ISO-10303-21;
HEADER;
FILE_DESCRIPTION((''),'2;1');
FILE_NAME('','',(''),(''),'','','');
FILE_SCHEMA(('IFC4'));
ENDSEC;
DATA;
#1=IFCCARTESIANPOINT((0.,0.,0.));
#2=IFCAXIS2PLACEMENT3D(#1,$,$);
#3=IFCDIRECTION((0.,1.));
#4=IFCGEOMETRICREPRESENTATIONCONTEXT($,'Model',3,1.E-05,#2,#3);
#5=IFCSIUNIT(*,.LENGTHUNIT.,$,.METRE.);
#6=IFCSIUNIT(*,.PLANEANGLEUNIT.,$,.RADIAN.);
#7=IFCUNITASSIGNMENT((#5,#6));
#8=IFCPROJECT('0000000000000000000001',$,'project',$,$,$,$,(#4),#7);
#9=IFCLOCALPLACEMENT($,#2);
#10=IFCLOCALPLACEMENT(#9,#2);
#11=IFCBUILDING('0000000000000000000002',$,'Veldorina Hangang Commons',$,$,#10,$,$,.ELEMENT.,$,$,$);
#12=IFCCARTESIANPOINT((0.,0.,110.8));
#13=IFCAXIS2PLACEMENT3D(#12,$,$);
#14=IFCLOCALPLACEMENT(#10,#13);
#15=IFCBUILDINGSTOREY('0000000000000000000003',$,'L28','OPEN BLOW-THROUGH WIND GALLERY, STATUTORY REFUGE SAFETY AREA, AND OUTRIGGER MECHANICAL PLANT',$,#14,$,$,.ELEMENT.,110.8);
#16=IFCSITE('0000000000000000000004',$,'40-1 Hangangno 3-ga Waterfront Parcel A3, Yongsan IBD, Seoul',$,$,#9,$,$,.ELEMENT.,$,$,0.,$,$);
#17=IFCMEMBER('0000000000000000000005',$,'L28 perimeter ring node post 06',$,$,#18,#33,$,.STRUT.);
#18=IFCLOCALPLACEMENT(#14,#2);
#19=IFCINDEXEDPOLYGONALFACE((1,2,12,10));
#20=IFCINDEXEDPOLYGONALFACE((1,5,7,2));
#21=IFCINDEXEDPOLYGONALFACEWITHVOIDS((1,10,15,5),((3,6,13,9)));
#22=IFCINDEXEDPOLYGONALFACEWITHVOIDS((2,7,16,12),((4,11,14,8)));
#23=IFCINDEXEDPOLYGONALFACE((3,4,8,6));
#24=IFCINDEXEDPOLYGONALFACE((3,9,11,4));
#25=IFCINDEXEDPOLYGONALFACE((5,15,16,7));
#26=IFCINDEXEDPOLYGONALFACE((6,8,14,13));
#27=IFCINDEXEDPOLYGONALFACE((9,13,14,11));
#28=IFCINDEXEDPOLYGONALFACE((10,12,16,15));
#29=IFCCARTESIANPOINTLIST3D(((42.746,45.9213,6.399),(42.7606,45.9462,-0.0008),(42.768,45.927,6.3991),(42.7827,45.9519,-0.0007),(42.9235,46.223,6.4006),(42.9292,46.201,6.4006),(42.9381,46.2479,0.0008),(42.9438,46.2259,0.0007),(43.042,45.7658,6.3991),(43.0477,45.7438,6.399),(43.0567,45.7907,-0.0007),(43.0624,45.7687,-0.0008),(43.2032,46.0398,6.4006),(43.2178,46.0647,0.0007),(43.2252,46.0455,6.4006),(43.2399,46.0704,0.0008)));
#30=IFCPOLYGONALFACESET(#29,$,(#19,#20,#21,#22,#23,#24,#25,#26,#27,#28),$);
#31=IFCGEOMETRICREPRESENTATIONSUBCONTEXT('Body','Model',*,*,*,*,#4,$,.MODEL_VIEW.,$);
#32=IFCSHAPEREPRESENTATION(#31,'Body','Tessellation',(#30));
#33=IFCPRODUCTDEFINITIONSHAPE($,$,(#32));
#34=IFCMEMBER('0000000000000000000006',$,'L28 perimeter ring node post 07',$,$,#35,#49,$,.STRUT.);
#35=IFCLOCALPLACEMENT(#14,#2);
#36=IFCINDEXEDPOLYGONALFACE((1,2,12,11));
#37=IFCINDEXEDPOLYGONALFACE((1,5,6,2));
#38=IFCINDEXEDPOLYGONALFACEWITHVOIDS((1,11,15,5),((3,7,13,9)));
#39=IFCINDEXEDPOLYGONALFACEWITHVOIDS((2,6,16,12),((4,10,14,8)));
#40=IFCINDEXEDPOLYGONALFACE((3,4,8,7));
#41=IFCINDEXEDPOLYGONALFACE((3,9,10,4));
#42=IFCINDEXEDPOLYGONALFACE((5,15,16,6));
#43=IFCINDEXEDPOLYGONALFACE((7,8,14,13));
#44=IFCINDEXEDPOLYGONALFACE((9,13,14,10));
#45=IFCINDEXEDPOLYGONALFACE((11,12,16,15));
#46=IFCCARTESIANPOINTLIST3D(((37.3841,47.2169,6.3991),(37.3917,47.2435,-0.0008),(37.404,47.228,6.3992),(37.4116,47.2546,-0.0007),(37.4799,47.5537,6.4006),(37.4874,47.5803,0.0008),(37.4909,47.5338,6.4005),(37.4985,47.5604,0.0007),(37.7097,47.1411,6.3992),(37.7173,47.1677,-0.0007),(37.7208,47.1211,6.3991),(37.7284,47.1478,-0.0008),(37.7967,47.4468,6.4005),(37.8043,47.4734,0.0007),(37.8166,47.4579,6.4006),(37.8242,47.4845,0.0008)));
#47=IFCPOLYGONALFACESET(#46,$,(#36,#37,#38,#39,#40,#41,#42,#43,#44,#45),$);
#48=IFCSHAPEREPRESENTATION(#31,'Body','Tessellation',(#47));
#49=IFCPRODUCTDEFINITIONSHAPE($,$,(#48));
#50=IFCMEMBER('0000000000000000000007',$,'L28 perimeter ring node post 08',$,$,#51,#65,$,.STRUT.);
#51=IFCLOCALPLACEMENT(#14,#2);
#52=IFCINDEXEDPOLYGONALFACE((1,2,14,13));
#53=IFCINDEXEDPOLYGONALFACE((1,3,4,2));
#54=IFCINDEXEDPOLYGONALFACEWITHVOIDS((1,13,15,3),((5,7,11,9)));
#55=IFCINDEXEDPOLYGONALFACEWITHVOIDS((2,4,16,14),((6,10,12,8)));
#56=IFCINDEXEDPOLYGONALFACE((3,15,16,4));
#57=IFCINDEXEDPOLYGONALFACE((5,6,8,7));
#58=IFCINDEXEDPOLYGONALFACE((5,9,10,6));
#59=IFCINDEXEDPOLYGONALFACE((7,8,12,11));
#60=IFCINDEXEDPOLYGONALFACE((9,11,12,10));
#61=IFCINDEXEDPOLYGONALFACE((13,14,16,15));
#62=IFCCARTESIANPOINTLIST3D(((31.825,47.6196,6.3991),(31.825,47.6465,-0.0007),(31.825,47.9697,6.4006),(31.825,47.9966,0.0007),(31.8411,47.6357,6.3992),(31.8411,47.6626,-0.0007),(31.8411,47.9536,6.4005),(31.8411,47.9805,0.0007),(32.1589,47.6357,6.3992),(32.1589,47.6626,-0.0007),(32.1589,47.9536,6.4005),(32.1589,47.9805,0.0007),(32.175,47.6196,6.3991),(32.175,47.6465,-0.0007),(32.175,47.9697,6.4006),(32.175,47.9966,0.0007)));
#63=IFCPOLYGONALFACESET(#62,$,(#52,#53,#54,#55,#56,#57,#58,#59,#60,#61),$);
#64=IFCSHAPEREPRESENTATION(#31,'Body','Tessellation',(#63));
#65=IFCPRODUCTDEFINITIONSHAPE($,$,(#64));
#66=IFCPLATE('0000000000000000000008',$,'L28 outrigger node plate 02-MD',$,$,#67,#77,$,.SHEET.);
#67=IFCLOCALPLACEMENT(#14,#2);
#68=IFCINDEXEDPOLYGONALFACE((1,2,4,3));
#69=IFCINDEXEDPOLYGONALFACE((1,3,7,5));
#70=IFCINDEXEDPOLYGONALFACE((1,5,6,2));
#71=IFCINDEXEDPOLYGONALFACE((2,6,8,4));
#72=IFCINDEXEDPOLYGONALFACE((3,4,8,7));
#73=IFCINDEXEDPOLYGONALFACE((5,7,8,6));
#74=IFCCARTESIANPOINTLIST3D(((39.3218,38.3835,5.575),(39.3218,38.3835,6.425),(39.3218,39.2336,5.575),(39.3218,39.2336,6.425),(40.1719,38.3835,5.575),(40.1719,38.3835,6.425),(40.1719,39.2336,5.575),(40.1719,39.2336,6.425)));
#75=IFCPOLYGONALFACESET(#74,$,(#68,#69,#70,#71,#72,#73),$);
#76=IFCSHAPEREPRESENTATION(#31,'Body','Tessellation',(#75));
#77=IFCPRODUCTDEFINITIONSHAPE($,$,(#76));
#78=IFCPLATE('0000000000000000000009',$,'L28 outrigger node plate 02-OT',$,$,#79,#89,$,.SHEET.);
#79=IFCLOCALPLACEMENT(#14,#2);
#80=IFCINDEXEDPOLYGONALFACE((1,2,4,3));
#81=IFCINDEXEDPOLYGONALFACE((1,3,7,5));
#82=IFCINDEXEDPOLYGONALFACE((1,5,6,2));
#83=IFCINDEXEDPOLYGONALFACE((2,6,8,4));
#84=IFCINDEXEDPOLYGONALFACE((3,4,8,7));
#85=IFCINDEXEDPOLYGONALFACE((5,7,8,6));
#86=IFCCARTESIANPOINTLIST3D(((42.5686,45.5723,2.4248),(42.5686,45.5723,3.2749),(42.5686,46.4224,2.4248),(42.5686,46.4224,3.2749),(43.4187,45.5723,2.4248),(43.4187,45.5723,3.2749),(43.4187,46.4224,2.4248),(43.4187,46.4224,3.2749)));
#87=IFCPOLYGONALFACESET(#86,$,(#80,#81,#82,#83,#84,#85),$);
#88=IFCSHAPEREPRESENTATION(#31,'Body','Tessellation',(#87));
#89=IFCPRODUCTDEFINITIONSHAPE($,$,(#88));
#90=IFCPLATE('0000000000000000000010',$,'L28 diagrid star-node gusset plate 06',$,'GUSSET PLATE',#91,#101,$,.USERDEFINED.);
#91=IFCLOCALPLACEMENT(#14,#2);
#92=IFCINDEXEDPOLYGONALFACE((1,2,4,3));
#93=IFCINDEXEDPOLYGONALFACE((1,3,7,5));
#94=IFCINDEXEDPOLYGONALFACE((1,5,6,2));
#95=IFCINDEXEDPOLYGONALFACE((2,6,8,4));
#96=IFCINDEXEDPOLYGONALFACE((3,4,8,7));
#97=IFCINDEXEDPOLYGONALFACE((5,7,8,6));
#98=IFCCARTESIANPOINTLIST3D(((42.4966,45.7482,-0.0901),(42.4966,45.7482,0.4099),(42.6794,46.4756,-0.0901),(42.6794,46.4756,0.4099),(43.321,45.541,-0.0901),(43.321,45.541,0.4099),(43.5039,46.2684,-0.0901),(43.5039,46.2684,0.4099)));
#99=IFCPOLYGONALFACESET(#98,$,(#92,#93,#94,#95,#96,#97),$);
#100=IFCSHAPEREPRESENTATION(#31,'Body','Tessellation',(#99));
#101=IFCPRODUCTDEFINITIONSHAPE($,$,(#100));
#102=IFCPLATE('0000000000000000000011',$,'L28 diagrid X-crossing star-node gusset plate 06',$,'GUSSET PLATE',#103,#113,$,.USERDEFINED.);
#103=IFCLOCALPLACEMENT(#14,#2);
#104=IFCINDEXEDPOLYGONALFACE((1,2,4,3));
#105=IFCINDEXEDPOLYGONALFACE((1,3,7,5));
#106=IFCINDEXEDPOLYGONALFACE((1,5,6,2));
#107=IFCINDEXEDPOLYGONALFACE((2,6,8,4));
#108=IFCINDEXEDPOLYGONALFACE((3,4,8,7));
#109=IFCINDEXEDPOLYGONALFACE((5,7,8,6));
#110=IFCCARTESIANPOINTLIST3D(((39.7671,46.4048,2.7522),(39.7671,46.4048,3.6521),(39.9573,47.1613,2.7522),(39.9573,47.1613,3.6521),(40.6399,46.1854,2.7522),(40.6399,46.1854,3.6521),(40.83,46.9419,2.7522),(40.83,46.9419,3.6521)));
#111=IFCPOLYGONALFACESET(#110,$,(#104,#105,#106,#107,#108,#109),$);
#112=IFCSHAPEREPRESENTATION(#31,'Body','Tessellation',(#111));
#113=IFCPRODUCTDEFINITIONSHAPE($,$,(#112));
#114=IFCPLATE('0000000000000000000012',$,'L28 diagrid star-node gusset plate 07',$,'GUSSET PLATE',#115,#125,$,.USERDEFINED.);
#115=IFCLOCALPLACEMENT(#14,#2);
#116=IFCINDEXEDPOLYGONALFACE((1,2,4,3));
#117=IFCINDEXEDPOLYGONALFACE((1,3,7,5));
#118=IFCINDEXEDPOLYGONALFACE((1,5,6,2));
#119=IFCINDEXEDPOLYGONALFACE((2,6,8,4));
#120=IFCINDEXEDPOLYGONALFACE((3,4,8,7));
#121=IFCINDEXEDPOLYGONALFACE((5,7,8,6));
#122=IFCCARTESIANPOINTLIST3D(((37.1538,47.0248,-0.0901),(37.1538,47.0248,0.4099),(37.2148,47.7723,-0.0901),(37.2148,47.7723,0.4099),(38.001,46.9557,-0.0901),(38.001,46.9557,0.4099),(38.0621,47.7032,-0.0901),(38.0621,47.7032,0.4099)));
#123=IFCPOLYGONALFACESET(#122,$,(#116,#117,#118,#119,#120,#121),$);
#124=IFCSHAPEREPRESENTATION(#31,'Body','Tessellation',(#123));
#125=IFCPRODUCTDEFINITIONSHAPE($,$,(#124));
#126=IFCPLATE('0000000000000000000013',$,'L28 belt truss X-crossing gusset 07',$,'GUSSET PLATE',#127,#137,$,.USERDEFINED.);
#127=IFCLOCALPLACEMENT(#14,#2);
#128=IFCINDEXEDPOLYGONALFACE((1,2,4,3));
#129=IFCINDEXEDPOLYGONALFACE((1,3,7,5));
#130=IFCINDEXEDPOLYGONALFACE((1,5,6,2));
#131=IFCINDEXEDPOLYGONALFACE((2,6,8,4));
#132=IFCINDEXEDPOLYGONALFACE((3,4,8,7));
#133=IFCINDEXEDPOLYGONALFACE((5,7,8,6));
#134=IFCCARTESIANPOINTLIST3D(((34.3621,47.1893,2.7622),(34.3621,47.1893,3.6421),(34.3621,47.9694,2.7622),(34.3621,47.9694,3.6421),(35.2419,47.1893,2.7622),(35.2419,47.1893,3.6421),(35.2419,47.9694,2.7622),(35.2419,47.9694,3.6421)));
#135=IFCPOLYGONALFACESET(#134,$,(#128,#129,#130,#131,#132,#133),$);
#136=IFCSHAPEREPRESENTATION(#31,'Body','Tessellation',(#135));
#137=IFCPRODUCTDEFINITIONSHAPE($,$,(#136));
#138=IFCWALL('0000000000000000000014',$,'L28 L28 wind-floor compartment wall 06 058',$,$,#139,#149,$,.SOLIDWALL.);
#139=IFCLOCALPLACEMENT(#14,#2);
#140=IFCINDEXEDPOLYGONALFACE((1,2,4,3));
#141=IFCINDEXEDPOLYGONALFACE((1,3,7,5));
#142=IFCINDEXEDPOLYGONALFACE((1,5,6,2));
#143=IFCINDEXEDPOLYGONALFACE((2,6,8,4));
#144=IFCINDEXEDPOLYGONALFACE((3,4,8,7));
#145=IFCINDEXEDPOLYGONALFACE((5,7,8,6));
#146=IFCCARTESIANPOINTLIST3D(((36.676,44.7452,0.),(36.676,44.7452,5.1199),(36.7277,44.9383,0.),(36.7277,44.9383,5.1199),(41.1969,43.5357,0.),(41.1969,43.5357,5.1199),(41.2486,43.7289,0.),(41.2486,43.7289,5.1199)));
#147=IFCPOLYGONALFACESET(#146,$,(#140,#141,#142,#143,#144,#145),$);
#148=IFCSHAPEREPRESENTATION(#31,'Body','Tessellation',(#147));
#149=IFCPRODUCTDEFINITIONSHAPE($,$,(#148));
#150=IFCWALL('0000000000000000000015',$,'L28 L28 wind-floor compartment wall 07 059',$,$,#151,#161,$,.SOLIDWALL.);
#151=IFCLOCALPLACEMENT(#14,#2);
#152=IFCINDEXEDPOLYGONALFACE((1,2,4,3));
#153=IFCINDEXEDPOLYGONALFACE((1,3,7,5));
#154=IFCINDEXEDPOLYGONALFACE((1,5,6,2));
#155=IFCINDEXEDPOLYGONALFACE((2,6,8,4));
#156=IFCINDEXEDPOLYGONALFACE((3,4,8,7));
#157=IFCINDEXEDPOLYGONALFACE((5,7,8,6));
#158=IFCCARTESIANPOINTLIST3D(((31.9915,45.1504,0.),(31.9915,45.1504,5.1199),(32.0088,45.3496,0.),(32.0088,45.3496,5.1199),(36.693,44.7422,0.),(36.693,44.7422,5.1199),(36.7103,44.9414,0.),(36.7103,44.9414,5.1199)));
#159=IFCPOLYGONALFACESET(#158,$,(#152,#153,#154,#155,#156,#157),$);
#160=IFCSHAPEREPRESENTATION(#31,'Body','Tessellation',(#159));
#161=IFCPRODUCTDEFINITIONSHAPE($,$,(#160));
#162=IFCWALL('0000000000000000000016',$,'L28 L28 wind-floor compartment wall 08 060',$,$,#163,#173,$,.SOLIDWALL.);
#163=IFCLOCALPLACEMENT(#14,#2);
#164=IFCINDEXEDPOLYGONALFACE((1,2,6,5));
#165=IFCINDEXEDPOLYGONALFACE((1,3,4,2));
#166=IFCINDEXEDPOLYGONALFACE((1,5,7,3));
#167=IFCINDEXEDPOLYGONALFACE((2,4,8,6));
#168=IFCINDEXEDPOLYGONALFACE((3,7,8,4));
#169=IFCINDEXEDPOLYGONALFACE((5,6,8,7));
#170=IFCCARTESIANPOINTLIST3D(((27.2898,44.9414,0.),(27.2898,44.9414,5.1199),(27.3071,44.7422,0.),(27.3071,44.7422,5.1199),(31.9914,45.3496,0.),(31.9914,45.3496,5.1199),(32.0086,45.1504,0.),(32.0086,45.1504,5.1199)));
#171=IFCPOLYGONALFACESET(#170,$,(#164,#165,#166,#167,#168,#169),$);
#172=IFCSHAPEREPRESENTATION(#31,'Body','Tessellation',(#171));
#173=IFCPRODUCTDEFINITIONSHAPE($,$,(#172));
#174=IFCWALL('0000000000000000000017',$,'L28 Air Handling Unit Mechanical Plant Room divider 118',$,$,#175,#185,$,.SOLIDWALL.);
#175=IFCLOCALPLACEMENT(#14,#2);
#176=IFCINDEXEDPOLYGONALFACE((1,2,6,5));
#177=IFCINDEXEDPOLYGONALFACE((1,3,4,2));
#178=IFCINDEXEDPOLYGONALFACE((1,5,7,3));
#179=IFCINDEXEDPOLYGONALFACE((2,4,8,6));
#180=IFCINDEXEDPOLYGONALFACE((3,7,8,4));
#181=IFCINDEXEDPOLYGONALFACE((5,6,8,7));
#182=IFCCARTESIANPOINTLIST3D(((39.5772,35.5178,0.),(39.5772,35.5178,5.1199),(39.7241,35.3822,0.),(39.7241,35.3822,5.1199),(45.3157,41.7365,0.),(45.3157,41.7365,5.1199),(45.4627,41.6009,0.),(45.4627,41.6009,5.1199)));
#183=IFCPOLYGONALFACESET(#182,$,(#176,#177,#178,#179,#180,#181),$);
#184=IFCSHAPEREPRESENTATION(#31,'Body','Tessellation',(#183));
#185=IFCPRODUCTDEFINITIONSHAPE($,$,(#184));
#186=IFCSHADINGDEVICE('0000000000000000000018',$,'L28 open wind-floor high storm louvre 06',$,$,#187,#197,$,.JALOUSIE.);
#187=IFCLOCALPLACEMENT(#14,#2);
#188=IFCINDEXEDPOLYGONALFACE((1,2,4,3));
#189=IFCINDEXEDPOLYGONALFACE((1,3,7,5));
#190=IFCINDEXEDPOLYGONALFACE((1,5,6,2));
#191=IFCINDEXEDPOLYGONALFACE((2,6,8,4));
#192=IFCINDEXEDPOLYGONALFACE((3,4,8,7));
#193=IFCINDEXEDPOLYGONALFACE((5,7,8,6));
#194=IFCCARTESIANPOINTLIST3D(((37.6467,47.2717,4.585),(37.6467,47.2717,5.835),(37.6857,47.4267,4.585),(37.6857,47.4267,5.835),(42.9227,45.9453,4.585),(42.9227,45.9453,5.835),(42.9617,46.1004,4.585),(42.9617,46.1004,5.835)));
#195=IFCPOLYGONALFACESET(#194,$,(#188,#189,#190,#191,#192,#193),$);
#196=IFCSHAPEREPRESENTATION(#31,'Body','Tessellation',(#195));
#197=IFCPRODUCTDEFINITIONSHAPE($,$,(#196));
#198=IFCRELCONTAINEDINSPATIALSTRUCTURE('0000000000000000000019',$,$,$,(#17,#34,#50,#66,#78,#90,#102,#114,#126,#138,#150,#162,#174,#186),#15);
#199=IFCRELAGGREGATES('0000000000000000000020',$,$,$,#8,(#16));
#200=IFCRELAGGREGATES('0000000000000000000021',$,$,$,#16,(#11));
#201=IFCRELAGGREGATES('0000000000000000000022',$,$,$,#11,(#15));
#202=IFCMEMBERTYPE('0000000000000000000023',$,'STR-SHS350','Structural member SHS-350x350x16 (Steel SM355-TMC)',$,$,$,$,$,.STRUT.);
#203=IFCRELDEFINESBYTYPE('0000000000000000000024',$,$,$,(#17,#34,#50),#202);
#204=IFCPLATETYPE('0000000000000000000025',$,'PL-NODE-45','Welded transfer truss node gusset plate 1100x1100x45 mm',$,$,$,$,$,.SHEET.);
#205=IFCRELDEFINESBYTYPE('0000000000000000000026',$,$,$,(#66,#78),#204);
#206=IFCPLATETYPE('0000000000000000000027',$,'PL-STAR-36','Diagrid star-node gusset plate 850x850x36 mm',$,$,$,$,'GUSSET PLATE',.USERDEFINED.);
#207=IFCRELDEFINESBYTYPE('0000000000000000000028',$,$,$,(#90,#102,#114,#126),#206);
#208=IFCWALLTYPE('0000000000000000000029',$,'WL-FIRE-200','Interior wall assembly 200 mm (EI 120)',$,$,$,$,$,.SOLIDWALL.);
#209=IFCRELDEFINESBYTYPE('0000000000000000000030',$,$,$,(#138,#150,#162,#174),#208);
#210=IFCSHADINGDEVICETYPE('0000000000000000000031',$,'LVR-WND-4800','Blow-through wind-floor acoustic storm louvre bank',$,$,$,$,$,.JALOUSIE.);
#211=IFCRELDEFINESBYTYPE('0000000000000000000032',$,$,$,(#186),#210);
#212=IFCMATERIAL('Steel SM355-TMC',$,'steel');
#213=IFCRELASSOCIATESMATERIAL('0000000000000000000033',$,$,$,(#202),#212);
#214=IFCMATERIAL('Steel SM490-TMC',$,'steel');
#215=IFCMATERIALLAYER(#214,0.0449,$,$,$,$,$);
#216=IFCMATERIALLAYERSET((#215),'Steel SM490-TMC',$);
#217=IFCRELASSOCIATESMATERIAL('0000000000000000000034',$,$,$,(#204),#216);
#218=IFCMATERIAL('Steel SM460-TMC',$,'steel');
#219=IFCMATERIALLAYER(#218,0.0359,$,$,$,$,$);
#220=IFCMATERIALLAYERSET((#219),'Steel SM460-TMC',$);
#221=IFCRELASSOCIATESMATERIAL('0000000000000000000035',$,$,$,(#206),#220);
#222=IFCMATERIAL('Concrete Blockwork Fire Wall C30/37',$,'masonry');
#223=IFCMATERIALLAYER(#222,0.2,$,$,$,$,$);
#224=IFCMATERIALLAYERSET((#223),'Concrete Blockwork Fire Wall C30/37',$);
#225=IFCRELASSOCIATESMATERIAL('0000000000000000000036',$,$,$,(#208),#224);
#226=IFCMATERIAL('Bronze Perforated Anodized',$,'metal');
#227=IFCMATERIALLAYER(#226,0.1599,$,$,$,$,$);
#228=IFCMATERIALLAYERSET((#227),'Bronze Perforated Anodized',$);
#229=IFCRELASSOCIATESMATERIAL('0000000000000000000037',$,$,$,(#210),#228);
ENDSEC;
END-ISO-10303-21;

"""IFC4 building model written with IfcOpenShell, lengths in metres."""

from ifc_helpers import new_model, si_unit, direction, frame, frame_2d, origin, origin_2d, place, context, subcontext, project, spatial, rectangle, hollow_rectangle, extrude, material, layer, layer_set, material_profile, profile_set, type_object, element, save


model = new_model("IFC4")

# Units and contexts
model_context = context("Model", 3, precision=1e-05, world=origin(), true_north=direction((0.0, 1.0)))
body_context = subcontext(model_context, "Body", "Model", "MODEL_VIEW")
ifc_project = project(units=[si_unit("LENGTHUNIT", "METRE"), si_unit("PLANEANGLEUNIT", "RADIAN")], contexts=[model_context])

# Site, building, storey
site_placement = place(None, origin())
site = spatial("IfcSite", under=ifc_project, at=site_placement, Name="40-1 Hangangno 3-ga Waterfront Parcel A3, Yongsan IBD, Seoul", CompositionType="ELEMENT", RefElevation=0.0)
building_placement = place(site_placement, origin())
building = spatial("IfcBuilding", under=site, at=building_placement, Name="Veldorina Hangang Commons", CompositionType="ELEMENT")
storey_placement = place(building_placement, frame((0.0, 0.0, 110.8)))
storey = spatial("IfcBuildingStorey", under=building, at=storey_placement, Name="L28", Description="OPEN BLOW-THROUGH WIND GALLERY, STATUTORY REFUGE SAFETY AREA, AND OUTRIGGER MECHANICAL PLANT", CompositionType="ELEMENT", Elevation=110.8)

# Shared definitions
ifc_material_1 = material(Name="Steel SM460-TMC", Category="steel")
ifc_material_2 = material(Name="Steel SM355-TMC", Category="steel")

# Members
ifc_material_profile_1 = material_profile(ifc_material_2, hollow_rectangle(XDim=0.3501, YDim=0.3501, WallThickness=0.0161, at=origin_2d()), Name="SHS-350x350x16")
ifc_profile_set_1 = profile_set([ifc_material_profile_1], Name="Steel SM355-TMC")
member_type_1 = type_object("IfcMemberType", Name="STR-SHS350", Description="Structural member SHS-350x350x16 (Steel SM355-TMC)", PredefinedType="STRUT", material=ifc_profile_set_1)
for number, where, z_axis, x_axis, name in (
    (1, (43.0002, 46.0083, 0.0), (-0.002289, -0.003891, 0.99999), (0.861934, -0.50702, 0.0), "L28 perimeter ring node post 06"),
    (2, (37.6079, 47.364, 0.0), (-0.001183, -0.004158, 0.999991), (0.961856, -0.273555, 0.0), "L28 perimeter ring node post 07"),
    (3, (32.0, 47.8215, 0.0), (0.0, -0.004196, 0.999991), (1.0, 0.0, 0.0), "L28 perimeter ring node post 08"),
):
    element("IfcMember", number, at=place(storey_placement, frame(where, z_axis=z_axis, x_axis=x_axis)), inside=storey, type_object=member_type_1, Name=name, PredefinedType="STRUT", context=body_context, shape_type="SweptSolid", body=[
        extrude(hollow_rectangle(XDim=0.3501, YDim=0.3501, WallThickness=0.0161, at=origin_2d()), origin(), (0.0, 0.0, 1.0), 6.3999),
    ])

# Plates
ifc_material_3 = material(Name="Steel SM490-TMC", Category="steel")
ifc_layer_1 = layer(ifc_material_3, 0.0449)
ifc_layer_set_1 = layer_set([ifc_layer_1], Name="Steel SM490-TMC")
plate_type_1 = type_object("IfcPlateType", Name="PL-NODE-45", Description="Welded transfer truss node gusset plate 1100x1100x45 mm", PredefinedType="SHEET", material=ifc_layer_set_1)
for number, where, z_axis, x_axis, name in (
    (4, (39.7468, 38.8086, 5.575), (0.0, 0.0, 1.0), (1.0, 0.0, 0.0), "L28 outrigger node plate 02-MD"),
    (5, (42.9937, 45.9973, 2.4248), (0.0, 0.0, 1.0), (1.0, 0.0, 0.0), "L28 outrigger node plate 02-OT"),
):
    element("IfcPlate", number, at=place(storey_placement, frame(where, z_axis=z_axis, x_axis=x_axis)), inside=storey, type_object=plate_type_1, Name=name, PredefinedType="SHEET", context=body_context, shape_type="SweptSolid", body=[
        extrude(rectangle(XDim=0.8501, YDim=0.8501, at=origin_2d()), origin(), (0.0, 0.0, 1.0), 0.8501),
    ])
ifc_layer_2 = layer(ifc_material_1, 0.0359)
ifc_layer_set_2 = layer_set([ifc_layer_2], Name="Steel SM460-TMC")
plate_type_2 = type_object("IfcPlateType", Name="PL-STAR-36", Description="Diagrid star-node gusset plate 850x850x36 mm", ElementType="GUSSET PLATE", PredefinedType="USERDEFINED", material=ifc_layer_set_2)
plate_1_placement = place(storey_placement, frame((43.0002, 46.0083, -0.0901), z_axis=(0.0, 0.0, 1.0), x_axis=(-0.969825, 0.243801, 0.0)))
element("IfcPlate", 6, at=plate_1_placement, inside=storey, type_object=plate_type_2, Name="L28 diagrid star-node gusset plate 06", ObjectType="GUSSET PLATE", PredefinedType="USERDEFINED", context=body_context, shape_type="SweptSolid", body=[
    extrude(rectangle(XDim=0.8501, YDim=0.75, at=origin_2d()), origin(), (0.0, 0.0, 1.0), 0.5),
])
plate_2_placement = place(storey_placement, frame((40.2986, 46.6733, 2.7522), z_axis=(0.0, 0.0, 1.0), x_axis=(-0.969825, 0.243801, 0.0)))
element("IfcPlate", 7, at=plate_2_placement, inside=storey, type_object=plate_type_2, Name="L28 diagrid X-crossing star-node gusset plate 06", ObjectType="GUSSET PLATE", PredefinedType="USERDEFINED", context=body_context, shape_type="SweptSolid", body=[
    extrude(rectangle(XDim=0.8999, YDim=0.78, at=origin_2d()), origin(), (0.0, 0.0, 1.0), 0.8999),
])
plate_3_placement = place(storey_placement, frame((37.6079, 47.364, -0.0901), z_axis=(0.0, 0.0, 1.0), x_axis=(-0.996686, 0.081347, 0.0)))
element("IfcPlate", 8, at=plate_3_placement, inside=storey, type_object=plate_type_2, Name="L28 diagrid star-node gusset plate 07", ObjectType="GUSSET PLATE", PredefinedType="USERDEFINED", context=body_context, shape_type="SweptSolid", body=[
    extrude(rectangle(XDim=0.8501, YDim=0.75, at=origin_2d()), origin(), (0.0, 0.0, 1.0), 0.5),
])
plate_4_placement = place(storey_placement, frame((34.802, 47.5793, 2.7622), z_axis=(0.0, 0.0, 1.0), x_axis=(1.0, 0.0, 0.0)))
element("IfcPlate", 9, at=plate_4_placement, inside=storey, type_object=plate_type_2, Name="L28 belt truss X-crossing gusset 07", ObjectType="GUSSET PLATE", PredefinedType="USERDEFINED", context=body_context, shape_type="SweptSolid", body=[
    extrude(rectangle(XDim=0.8799, YDim=0.78, at=origin_2d()), origin(), (0.0, 0.0, 1.0), 0.8799),
])

# Walls
ifc_material_4 = material(Name="Concrete Blockwork Fire Wall C30/37", Category="masonry")
ifc_layer_3 = layer(ifc_material_4, 0.2)
ifc_layer_set_3 = layer_set([ifc_layer_3], Name="Concrete Blockwork Fire Wall C30/37")
wall_type = type_object("IfcWallType", Name="WL-FIRE-200", Description="Interior wall assembly 200 mm (EI 120)", PredefinedType="SOLIDWALL", material=ifc_layer_set_3)
wall_1_placement = place(storey_placement, frame((41.2227, 43.6323, 0.0), z_axis=(0.0, 0.0, 1.0), x_axis=(-0.966029, 0.258435, 0.0)))
element("IfcWall", 10, at=wall_1_placement, inside=storey, type_object=wall_type, Name="L28 L28 wind-floor compartment wall 06 058", PredefinedType="SOLIDWALL", context=body_context, shape_type="SweptSolid", body=[
    extrude(rectangle(XDim=4.6799, YDim=0.2, at=frame_2d((2.3398, 0.0))), origin(), (0.0, 0.0, 1.0), 5.1199),
])
for number, where, z_axis, x_axis, name in (
    (11, (36.7017, 44.8418, 0.0), (0.0, 0.0, 1.0), (-0.996252, 0.086496, 0.0), "L28 L28 wind-floor compartment wall 07 059"),
    (12, (32.0, 45.25, 0.0), (0.0, 0.0, 1.0), (-0.996252, -0.086496, 0.0), "L28 L28 wind-floor compartment wall 08 060"),
):
    element("IfcWall", number, at=place(storey_placement, frame(where, z_axis=z_axis, x_axis=x_axis)), inside=storey, type_object=wall_type, Name=name, PredefinedType="SOLIDWALL", context=body_context, shape_type="SweptSolid", body=[
        extrude(rectangle(XDim=4.7192, YDim=0.2, at=frame_2d((2.3596, 0.0))), origin(), (0.0, 0.0, 1.0), 5.1199),
    ])
wall_2_placement = place(storey_placement, frame((39.6506, 35.45, 0.0), z_axis=(0.0, 0.0, 1.0), x_axis=(0.678161, 0.734913, 0.0)))
element("IfcWall", 13, at=wall_2_placement, inside=storey, type_object=wall_type, Name="L28 Air Handling Unit Mechanical Plant Room divider 118", PredefinedType="SOLIDWALL", context=body_context, shape_type="SweptSolid", body=[
    extrude(rectangle(XDim=8.4619, YDim=0.2, at=frame_2d((4.231, 0.0))), origin(), (0.0, 0.0, 1.0), 5.1199),
])

# Shading device
ifc_material_5 = material(Name="Bronze Perforated Anodized", Category="metal")
ifc_layer_4 = layer(ifc_material_5, 0.1599)
ifc_layer_set_4 = layer_set([ifc_layer_4], Name="Bronze Perforated Anodized")
shading_device_type = type_object("IfcShadingDeviceType", Name="LVR-WND-4800", Description="Blow-through wind-floor acoustic storm louvre bank", PredefinedType="JALOUSIE", material=ifc_layer_set_4)
shading_device_placement = place(storey_placement, frame((40.3042, 46.686, 4.585), z_axis=(0.0, 0.0, 1.0), x_axis=(-0.969825, 0.243801, 0.0)))
element("IfcShadingDevice", 14, at=shading_device_placement, inside=storey, type_object=shading_device_type, Name="L28 open wind-floor high storm louvre 06", PredefinedType="JALOUSIE", context=body_context, shape_type="SweptSolid", body=[
    extrude(rectangle(XDim=5.4402, YDim=0.1599, at=origin_2d()), origin(), (0.0, 0.0, 1.0), 1.25),
])

save(model, "model.ifc")
